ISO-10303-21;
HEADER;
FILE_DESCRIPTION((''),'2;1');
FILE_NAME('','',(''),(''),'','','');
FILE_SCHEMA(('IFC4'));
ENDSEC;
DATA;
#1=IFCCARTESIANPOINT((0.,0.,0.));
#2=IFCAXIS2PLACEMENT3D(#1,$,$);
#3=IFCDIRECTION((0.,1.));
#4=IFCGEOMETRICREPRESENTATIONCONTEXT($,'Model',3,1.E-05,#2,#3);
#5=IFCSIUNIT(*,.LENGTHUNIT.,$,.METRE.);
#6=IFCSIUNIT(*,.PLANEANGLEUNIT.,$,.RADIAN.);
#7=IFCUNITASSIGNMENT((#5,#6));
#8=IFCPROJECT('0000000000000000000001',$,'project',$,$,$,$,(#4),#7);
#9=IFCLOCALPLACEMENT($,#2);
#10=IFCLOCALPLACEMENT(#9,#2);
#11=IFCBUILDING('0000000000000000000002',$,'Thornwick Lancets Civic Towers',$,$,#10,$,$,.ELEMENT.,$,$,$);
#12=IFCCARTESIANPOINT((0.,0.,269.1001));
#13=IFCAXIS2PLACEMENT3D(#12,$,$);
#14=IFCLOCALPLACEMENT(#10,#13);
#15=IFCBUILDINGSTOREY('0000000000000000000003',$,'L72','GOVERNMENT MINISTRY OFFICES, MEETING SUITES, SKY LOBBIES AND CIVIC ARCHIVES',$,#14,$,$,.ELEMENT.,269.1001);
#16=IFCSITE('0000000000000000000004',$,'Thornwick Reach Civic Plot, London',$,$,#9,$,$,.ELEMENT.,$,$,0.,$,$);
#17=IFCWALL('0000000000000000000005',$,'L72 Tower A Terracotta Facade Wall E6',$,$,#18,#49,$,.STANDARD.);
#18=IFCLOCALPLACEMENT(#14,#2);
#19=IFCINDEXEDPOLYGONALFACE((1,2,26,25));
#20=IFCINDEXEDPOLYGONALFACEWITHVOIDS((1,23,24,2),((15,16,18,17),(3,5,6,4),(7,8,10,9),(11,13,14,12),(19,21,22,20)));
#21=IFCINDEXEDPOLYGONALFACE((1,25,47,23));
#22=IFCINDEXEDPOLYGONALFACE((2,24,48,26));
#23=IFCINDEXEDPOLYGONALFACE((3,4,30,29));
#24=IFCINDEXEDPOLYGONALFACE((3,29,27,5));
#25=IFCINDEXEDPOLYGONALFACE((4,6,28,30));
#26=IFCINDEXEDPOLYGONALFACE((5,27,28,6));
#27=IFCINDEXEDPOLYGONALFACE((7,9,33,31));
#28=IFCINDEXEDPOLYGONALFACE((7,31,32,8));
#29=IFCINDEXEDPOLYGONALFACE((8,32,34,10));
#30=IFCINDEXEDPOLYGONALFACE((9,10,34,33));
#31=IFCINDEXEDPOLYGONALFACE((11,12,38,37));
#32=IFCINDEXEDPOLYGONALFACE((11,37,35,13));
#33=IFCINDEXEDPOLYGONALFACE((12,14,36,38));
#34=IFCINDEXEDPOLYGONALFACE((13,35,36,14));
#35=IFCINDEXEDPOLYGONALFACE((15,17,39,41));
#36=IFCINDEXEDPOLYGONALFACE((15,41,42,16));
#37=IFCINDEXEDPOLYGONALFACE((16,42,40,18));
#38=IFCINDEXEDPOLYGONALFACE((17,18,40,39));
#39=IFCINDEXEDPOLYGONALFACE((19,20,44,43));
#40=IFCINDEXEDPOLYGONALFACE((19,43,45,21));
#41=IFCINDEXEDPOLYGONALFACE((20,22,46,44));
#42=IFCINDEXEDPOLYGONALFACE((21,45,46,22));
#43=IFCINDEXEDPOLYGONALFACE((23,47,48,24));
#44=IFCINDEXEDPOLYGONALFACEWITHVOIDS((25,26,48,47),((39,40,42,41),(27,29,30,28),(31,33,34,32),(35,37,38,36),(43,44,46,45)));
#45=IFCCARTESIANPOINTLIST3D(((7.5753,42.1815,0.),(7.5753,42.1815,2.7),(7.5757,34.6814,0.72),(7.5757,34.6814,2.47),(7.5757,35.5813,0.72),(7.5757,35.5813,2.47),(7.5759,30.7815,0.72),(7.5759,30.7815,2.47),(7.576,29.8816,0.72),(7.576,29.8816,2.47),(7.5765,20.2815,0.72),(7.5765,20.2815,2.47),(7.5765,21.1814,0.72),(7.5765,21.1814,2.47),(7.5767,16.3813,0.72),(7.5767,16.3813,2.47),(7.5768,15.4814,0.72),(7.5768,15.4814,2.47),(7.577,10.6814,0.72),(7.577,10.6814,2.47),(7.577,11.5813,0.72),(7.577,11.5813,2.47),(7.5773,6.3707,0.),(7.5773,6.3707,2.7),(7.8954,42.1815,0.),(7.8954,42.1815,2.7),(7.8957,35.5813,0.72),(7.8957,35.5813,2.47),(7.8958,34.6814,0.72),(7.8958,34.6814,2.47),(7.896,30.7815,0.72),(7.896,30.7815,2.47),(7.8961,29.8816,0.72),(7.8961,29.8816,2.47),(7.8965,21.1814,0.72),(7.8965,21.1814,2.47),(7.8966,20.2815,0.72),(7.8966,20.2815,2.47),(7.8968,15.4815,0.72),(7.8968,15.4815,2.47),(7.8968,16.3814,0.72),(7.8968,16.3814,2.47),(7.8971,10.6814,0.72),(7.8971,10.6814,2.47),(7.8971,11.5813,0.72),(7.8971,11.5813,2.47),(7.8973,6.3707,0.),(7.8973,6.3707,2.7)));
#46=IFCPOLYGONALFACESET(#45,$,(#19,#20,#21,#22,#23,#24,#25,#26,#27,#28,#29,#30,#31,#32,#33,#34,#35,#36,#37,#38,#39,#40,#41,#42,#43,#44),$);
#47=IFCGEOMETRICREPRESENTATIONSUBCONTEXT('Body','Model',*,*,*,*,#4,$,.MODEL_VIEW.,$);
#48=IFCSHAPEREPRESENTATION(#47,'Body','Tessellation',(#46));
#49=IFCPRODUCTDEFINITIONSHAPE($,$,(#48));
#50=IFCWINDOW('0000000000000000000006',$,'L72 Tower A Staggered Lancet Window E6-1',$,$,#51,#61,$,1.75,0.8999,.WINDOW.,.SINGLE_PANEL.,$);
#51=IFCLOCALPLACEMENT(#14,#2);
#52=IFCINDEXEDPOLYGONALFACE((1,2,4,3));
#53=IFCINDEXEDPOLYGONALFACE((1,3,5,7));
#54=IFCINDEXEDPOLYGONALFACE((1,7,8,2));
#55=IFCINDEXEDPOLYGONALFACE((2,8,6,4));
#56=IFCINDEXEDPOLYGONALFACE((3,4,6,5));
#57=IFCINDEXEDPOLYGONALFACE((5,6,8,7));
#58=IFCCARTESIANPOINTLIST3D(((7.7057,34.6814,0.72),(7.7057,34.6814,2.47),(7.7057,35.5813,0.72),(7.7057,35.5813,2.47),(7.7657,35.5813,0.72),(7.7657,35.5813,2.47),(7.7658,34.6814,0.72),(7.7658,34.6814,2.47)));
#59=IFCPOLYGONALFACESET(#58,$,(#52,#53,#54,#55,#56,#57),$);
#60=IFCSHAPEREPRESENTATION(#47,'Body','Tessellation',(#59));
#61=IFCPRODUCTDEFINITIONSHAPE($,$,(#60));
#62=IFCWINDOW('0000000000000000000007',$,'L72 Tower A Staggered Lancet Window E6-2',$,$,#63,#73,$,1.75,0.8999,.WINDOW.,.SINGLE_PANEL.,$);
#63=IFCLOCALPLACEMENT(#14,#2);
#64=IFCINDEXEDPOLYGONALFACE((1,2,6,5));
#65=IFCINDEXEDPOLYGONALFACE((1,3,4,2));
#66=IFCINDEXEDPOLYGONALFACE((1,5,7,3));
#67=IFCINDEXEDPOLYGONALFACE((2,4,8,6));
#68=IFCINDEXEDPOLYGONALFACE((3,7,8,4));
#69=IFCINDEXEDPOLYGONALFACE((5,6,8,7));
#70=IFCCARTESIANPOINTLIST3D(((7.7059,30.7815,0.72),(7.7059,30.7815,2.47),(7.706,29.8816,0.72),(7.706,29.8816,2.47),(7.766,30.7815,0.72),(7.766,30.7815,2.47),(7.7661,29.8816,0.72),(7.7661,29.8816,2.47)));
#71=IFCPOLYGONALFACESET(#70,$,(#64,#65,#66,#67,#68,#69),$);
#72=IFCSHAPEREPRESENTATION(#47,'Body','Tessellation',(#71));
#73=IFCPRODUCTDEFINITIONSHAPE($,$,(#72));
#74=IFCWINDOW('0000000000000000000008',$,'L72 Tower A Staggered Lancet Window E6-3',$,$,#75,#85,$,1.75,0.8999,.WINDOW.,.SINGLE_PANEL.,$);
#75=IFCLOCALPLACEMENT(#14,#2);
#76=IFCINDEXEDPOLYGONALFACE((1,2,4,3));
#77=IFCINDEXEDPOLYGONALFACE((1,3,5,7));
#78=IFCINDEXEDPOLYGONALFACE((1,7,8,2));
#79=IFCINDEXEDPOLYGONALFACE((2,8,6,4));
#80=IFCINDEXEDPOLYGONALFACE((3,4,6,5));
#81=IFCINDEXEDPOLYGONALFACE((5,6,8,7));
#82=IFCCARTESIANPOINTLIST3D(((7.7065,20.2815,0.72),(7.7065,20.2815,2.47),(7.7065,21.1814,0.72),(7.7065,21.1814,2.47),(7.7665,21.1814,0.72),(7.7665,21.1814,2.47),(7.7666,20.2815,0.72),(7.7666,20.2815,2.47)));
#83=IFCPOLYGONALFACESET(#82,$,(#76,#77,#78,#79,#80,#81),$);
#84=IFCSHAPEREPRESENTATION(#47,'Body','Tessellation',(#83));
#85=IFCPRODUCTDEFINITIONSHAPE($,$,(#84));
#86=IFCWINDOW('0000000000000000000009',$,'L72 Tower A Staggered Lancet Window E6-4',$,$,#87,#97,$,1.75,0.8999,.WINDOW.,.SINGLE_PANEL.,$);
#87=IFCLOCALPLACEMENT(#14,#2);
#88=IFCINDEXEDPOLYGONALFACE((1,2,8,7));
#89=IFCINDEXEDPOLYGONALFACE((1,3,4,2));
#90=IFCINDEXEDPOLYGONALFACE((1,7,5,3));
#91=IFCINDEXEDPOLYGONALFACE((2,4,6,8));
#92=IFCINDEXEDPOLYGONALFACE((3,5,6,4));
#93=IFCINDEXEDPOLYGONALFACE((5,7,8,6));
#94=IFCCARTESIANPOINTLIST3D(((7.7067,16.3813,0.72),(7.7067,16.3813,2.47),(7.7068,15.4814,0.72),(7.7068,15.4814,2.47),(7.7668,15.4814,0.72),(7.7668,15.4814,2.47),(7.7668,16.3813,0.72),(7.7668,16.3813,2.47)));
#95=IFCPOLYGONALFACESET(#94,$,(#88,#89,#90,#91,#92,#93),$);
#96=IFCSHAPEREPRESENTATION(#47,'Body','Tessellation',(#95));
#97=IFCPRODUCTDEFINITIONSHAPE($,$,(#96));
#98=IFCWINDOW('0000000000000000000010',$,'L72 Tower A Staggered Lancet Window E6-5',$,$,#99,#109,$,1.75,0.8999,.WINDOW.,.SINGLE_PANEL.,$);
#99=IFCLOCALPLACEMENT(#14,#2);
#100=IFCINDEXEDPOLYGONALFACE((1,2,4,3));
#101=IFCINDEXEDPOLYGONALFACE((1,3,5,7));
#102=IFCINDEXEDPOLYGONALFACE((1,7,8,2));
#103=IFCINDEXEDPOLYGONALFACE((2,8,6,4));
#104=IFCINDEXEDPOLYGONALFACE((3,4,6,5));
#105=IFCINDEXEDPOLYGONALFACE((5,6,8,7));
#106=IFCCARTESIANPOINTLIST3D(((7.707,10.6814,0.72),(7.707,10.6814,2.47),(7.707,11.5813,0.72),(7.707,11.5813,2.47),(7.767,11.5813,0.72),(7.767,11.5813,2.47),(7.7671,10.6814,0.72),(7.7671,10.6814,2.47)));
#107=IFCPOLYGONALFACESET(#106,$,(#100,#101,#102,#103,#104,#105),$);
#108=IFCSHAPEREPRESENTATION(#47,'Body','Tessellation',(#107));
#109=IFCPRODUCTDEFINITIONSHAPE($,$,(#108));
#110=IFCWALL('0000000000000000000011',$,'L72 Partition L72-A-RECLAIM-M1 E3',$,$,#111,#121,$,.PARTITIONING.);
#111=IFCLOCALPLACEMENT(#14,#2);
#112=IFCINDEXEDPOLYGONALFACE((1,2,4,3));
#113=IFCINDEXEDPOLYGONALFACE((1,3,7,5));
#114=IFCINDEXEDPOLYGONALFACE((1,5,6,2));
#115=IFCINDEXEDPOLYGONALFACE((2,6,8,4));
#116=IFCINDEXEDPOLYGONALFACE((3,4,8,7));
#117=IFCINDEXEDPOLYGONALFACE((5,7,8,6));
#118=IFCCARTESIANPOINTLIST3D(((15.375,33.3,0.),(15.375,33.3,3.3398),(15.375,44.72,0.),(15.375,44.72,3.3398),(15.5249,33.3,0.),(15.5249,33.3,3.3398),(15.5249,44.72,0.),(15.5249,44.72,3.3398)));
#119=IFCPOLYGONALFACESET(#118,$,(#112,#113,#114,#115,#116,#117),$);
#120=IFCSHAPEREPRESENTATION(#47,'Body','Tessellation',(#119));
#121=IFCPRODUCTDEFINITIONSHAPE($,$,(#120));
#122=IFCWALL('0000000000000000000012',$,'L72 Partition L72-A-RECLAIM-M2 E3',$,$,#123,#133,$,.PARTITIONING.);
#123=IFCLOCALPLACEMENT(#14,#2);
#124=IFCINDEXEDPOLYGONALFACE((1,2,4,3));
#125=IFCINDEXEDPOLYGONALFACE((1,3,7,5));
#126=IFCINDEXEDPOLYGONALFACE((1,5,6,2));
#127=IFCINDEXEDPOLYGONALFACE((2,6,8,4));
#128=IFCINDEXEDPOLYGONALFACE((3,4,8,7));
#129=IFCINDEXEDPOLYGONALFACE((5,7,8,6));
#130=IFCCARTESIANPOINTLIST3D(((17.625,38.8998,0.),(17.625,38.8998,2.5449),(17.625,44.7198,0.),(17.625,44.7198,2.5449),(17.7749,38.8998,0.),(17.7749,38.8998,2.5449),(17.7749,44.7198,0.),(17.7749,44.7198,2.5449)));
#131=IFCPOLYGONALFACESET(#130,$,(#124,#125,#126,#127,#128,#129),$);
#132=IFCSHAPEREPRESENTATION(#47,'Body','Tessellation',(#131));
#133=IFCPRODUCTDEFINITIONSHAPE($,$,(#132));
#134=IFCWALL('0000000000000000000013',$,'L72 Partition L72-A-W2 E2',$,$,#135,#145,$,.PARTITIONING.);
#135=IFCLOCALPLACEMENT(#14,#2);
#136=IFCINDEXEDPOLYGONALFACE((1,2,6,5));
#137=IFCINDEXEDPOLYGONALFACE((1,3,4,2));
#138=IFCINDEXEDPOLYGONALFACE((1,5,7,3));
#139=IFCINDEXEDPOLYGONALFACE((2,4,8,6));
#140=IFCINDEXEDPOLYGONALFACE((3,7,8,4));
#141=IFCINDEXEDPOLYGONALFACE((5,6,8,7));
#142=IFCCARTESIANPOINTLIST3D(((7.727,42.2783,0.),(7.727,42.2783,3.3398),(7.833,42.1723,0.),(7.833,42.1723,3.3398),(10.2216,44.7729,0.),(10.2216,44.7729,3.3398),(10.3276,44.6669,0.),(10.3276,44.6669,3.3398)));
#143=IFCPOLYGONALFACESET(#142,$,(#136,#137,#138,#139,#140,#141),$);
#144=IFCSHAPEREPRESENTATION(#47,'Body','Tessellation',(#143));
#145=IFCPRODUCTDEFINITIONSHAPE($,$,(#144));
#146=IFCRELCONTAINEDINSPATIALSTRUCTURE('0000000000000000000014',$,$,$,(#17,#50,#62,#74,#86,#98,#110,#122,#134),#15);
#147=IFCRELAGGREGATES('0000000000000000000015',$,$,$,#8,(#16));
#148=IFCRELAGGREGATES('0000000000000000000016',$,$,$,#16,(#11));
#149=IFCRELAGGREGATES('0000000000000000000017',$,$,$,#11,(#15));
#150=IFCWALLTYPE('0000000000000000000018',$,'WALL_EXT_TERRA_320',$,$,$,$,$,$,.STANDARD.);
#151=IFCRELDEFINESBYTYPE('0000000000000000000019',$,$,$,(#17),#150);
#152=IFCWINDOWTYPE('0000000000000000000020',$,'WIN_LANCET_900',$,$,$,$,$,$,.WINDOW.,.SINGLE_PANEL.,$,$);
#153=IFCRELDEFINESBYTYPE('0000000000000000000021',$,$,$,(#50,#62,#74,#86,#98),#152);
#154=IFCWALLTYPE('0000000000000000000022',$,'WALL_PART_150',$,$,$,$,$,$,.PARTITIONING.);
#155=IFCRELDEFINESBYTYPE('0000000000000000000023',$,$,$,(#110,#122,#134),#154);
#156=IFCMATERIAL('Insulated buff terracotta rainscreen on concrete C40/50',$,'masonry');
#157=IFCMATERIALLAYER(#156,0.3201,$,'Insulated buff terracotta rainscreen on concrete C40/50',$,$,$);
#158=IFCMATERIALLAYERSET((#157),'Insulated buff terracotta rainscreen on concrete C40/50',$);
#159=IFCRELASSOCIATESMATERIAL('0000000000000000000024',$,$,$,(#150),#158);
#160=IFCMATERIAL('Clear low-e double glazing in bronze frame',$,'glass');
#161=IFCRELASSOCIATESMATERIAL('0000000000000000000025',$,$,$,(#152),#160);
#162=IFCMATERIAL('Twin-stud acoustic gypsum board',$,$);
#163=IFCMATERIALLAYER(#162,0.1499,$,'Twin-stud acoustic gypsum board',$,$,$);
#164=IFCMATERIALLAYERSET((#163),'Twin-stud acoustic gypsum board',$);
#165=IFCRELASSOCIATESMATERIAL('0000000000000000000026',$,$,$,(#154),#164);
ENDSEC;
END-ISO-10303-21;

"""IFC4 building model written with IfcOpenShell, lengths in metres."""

from ifc_helpers import new_model, si_unit, direction, frame, frame_2d, origin, place, context, subcontext, project, spatial, rectangle, extrude, material, layer, layer_set, type_object, element, fill, save


model = new_model("IFC4")

# Units and contexts
model_context = context("Model", 3, precision=1e-05, world=origin(), true_north=direction((0.0, 1.0)))
body_context = subcontext(model_context, "Body", "Model", "MODEL_VIEW")
ifc_project = project(units=[si_unit("LENGTHUNIT", "METRE"), si_unit("PLANEANGLEUNIT", "RADIAN")], contexts=[model_context])

# Site, building, storey
site_placement = place(None, origin())
site = spatial("IfcSite", under=ifc_project, at=site_placement, Name="Thornwick Reach Civic Plot, London", CompositionType="ELEMENT", RefElevation=0.0)
building_placement = place(site_placement, origin())
building = spatial("IfcBuilding", under=site, at=building_placement, Name="Thornwick Lancets Civic Towers", CompositionType="ELEMENT")
storey_placement = place(building_placement, frame((0.0, 0.0, 269.1001)))
storey = spatial("IfcBuildingStorey", under=building, at=storey_placement, Name="L72", Description="GOVERNMENT MINISTRY OFFICES, MEETING SUITES, SKY LOBBIES AND CIVIC ARCHIVES", CompositionType="ELEMENT", Elevation=269.1001)

# Wall, openings, windows
ifc_material_1 = material(Name="Insulated buff terracotta rainscreen on concrete C40/50", Category="masonry")
ifc_layer_1 = layer(ifc_material_1, 0.3201, Name="Insulated buff terracotta rainscreen on concrete C40/50")
ifc_layer_set_1 = layer_set([ifc_layer_1], Name="Insulated buff terracotta rainscreen on concrete C40/50")
wall_type_1 = type_object("IfcWallType", Name="WALL_EXT_TERRA_320", PredefinedType="STANDARD", material=ifc_layer_set_1)
wall_1_placement = place(storey_placement, frame((7.7354, 42.1814, 0.0), z_axis=(0.0, 0.0, 1.0), x_axis=(0.000055, -1.0, 0.0)))
wall_1 = element("IfcWall", 1, at=wall_1_placement, inside=storey, type_object=wall_type_1, Name="L72 Tower A Terracotta Facade Wall E6", PredefinedType="STANDARD", context=body_context, shape_type="SweptSolid", body=[
    extrude(rectangle(XDim=35.8108, YDim=0.3201, at=frame_2d((17.9053, 0.0))), origin(), (0.0, 0.0, 1.0), 2.7),
])
opening_1_placement = place(wall_1_placement, frame((6.6001, 0.0, 0.72)))
opening_1 = element("IfcOpeningElement", 2, at=opening_1_placement, cuts=wall_1, PredefinedType="OPENING", context=body_context, shape_type="SweptSolid", body=[
    extrude(rectangle(XDim=0.8999, YDim=1.75, at=frame_2d((0.45, 0.875))), frame((0.0, 0.1699, 0.0), z_axis=(0.0, -1.0, 0.0), x_axis=(1.0, 0.0, 0.0)), (0.0, 0.0, 1.0), 0.3401),
])
opening_2_placement = place(wall_1_placement, frame((11.3999, 0.0, 0.72)))
opening_2 = element("IfcOpeningElement", 3, at=opening_2_placement, cuts=wall_1, PredefinedType="OPENING", context=body_context, shape_type="SweptSolid", body=[
    extrude(rectangle(XDim=0.8999, YDim=1.75, at=frame_2d((0.45, 0.875))), frame((0.0, 0.1699, 0.0), z_axis=(0.0, -1.0, 0.0), x_axis=(1.0, 0.0, 0.0)), (0.0, 0.0, 1.0), 0.3401),
])
opening_3_placement = place(wall_1_placement, frame((21.0, 0.0, 0.72)))
opening_3 = element("IfcOpeningElement", 4, at=opening_3_placement, cuts=wall_1, PredefinedType="OPENING", context=body_context, shape_type="SweptSolid", body=[
    extrude(rectangle(XDim=0.8999, YDim=1.75, at=frame_2d((0.45, 0.875))), frame((0.0, 0.1699, 0.0), z_axis=(0.0, -1.0, 0.0), x_axis=(1.0, 0.0, 0.0)), (0.0, 0.0, 1.0), 0.3401),
])
opening_4_placement = place(wall_1_placement, frame((25.8, 0.0, 0.72)))
opening_4 = element("IfcOpeningElement", 5, at=opening_4_placement, cuts=wall_1, PredefinedType="OPENING", context=body_context, shape_type="SweptSolid", body=[
    extrude(rectangle(XDim=0.8999, YDim=1.75, at=frame_2d((0.45, 0.875))), frame((0.0, 0.1699, 0.0), z_axis=(0.0, -1.0, 0.0), x_axis=(1.0, 0.0, 0.0)), (0.0, 0.0, 1.0), 0.3401),
])
opening_5_placement = place(wall_1_placement, frame((30.6001, 0.0, 0.72)))
opening_5 = element("IfcOpeningElement", 6, at=opening_5_placement, cuts=wall_1, PredefinedType="OPENING", context=body_context, shape_type="SweptSolid", body=[
    extrude(rectangle(XDim=0.8999, YDim=1.75, at=frame_2d((0.45, 0.875))), frame((0.0, 0.1699, 0.0), z_axis=(0.0, -1.0, 0.0), x_axis=(1.0, 0.0, 0.0)), (0.0, 0.0, 1.0), 0.3401),
])
ifc_material_2 = material(Name="Clear low-e double glazing in bronze frame", Category="glass")
window_type = type_object("IfcWindowType", Name="WIN_LANCET_900", PartitioningType="SINGLE_PANEL", PredefinedType="WINDOW", material=ifc_material_2)
window_1_placement = place(opening_1_placement, origin())
window_1 = element("IfcWindow", 7, at=window_1_placement, inside=storey, type_object=window_type, Name="L72 Tower A Staggered Lancet Window E6-1", OverallHeight=1.75, OverallWidth=0.8999, PartitioningType="SINGLE_PANEL", PredefinedType="WINDOW", context=body_context, shape_type="SweptSolid", body=[
    extrude(rectangle(XDim=0.8999, YDim=1.75, at=frame_2d((0.45, 0.875))), frame((0.0, 0.03, 0.0), z_axis=(0.0, -1.0, 0.0), x_axis=(1.0, 0.0, 0.0)), (0.0, 0.0, 1.0), 0.0601),
])
fill(opening_1, window_1)
window_2_placement = place(opening_2_placement, origin())
window_2 = element("IfcWindow", 8, at=window_2_placement, inside=storey, type_object=window_type, Name="L72 Tower A Staggered Lancet Window E6-2", OverallHeight=1.75, OverallWidth=0.8999, PartitioningType="SINGLE_PANEL", PredefinedType="WINDOW", context=body_context, shape_type="SweptSolid", body=[
    extrude(rectangle(XDim=0.8999, YDim=1.75, at=frame_2d((0.45, 0.875))), frame((0.0, 0.03, 0.0), z_axis=(0.0, -1.0, 0.0), x_axis=(1.0, 0.0, 0.0)), (0.0, 0.0, 1.0), 0.0601),
])
fill(opening_2, window_2)
window_3_placement = place(opening_3_placement, origin())
window_3 = element("IfcWindow", 9, at=window_3_placement, inside=storey, type_object=window_type, Name="L72 Tower A Staggered Lancet Window E6-3", OverallHeight=1.75, OverallWidth=0.8999, PartitioningType="SINGLE_PANEL", PredefinedType="WINDOW", context=body_context, shape_type="SweptSolid", body=[
    extrude(rectangle(XDim=0.8999, YDim=1.75, at=frame_2d((0.45, 0.875))), frame((0.0, 0.03, 0.0), z_axis=(0.0, -1.0, 0.0), x_axis=(1.0, 0.0, 0.0)), (0.0, 0.0, 1.0), 0.0601),
])
fill(opening_3, window_3)
window_4_placement = place(opening_4_placement, origin())
window_4 = element("IfcWindow", 10, at=window_4_placement, inside=storey, type_object=window_type, Name="L72 Tower A Staggered Lancet Window E6-4", OverallHeight=1.75, OverallWidth=0.8999, PartitioningType="SINGLE_PANEL", PredefinedType="WINDOW", context=body_context, shape_type="SweptSolid", body=[
    extrude(rectangle(XDim=0.8999, YDim=1.75, at=frame_2d((0.45, 0.875))), frame((0.0, 0.03, 0.0), z_axis=(0.0, -1.0, 0.0), x_axis=(1.0, 0.0, 0.0)), (0.0, 0.0, 1.0), 0.0601),
])
fill(opening_4, window_4)
window_5_placement = place(opening_5_placement, origin())
window_5 = element("IfcWindow", 11, at=window_5_placement, inside=storey, type_object=window_type, Name="L72 Tower A Staggered Lancet Window E6-5", OverallHeight=1.75, OverallWidth=0.8999, PartitioningType="SINGLE_PANEL", PredefinedType="WINDOW", context=body_context, shape_type="SweptSolid", body=[
    extrude(rectangle(XDim=0.8999, YDim=1.75, at=frame_2d((0.45, 0.875))), frame((0.0, 0.03, 0.0), z_axis=(0.0, -1.0, 0.0), x_axis=(1.0, 0.0, 0.0)), (0.0, 0.0, 1.0), 0.0601),
])
fill(opening_5, window_5)

# Walls
ifc_material_3 = material(Name="Twin-stud acoustic gypsum board")
ifc_layer_2 = layer(ifc_material_3, 0.1499, Name="Twin-stud acoustic gypsum board")
ifc_layer_set_2 = layer_set([ifc_layer_2], Name="Twin-stud acoustic gypsum board")
wall_type_2 = type_object("IfcWallType", Name="WALL_PART_150", PredefinedType="PARTITIONING", material=ifc_layer_set_2)
wall_2_placement = place(storey_placement, frame((15.45, 44.72, 0.0), z_axis=(0.0, 0.0, 1.0), x_axis=(0.0, -1.0, 0.0)))
element("IfcWall", 12, at=wall_2_placement, inside=storey, type_object=wall_type_2, Name="L72 Partition L72-A-RECLAIM-M1 E3", PredefinedType="PARTITIONING", context=body_context, shape_type="SweptSolid", body=[
    extrude(rectangle(XDim=11.4199, YDim=0.1499, at=frame_2d((5.71, 0.0))), origin(), (0.0, 0.0, 1.0), 3.3398),
])
wall_3_placement = place(storey_placement, frame((17.7, 44.72, 0.0), z_axis=(0.0, 0.0, 1.0), x_axis=(0.0, -1.0, 0.0)))
element("IfcWall", 13, at=wall_3_placement, inside=storey, type_object=wall_type_2, Name="L72 Partition L72-A-RECLAIM-M2 E3", PredefinedType="PARTITIONING", context=body_context, shape_type="SweptSolid", body=[
    extrude(rectangle(XDim=5.8201, YDim=0.1499, at=frame_2d((2.9102, 0.0))), origin(), (0.0, 0.0, 1.0), 2.5449),
])
wall_4_placement = place(storey_placement, frame((7.78, 42.2253, 0.0), z_axis=(0.0, 0.0, 1.0), x_axis=(0.707107, 0.707107, 0.0)))
element("IfcWall", 14, at=wall_4_placement, inside=storey, type_object=wall_type_2, Name="L72 Partition L72-A-W2 E2", PredefinedType="PARTITIONING", context=body_context, shape_type="SweptSolid", body=[
    extrude(rectangle(XDim=3.5278, YDim=0.1499, at=frame_2d((1.7639, 0.0))), origin(), (0.0, 0.0, 1.0), 3.3398),
])

save(model, "model.ifc")
